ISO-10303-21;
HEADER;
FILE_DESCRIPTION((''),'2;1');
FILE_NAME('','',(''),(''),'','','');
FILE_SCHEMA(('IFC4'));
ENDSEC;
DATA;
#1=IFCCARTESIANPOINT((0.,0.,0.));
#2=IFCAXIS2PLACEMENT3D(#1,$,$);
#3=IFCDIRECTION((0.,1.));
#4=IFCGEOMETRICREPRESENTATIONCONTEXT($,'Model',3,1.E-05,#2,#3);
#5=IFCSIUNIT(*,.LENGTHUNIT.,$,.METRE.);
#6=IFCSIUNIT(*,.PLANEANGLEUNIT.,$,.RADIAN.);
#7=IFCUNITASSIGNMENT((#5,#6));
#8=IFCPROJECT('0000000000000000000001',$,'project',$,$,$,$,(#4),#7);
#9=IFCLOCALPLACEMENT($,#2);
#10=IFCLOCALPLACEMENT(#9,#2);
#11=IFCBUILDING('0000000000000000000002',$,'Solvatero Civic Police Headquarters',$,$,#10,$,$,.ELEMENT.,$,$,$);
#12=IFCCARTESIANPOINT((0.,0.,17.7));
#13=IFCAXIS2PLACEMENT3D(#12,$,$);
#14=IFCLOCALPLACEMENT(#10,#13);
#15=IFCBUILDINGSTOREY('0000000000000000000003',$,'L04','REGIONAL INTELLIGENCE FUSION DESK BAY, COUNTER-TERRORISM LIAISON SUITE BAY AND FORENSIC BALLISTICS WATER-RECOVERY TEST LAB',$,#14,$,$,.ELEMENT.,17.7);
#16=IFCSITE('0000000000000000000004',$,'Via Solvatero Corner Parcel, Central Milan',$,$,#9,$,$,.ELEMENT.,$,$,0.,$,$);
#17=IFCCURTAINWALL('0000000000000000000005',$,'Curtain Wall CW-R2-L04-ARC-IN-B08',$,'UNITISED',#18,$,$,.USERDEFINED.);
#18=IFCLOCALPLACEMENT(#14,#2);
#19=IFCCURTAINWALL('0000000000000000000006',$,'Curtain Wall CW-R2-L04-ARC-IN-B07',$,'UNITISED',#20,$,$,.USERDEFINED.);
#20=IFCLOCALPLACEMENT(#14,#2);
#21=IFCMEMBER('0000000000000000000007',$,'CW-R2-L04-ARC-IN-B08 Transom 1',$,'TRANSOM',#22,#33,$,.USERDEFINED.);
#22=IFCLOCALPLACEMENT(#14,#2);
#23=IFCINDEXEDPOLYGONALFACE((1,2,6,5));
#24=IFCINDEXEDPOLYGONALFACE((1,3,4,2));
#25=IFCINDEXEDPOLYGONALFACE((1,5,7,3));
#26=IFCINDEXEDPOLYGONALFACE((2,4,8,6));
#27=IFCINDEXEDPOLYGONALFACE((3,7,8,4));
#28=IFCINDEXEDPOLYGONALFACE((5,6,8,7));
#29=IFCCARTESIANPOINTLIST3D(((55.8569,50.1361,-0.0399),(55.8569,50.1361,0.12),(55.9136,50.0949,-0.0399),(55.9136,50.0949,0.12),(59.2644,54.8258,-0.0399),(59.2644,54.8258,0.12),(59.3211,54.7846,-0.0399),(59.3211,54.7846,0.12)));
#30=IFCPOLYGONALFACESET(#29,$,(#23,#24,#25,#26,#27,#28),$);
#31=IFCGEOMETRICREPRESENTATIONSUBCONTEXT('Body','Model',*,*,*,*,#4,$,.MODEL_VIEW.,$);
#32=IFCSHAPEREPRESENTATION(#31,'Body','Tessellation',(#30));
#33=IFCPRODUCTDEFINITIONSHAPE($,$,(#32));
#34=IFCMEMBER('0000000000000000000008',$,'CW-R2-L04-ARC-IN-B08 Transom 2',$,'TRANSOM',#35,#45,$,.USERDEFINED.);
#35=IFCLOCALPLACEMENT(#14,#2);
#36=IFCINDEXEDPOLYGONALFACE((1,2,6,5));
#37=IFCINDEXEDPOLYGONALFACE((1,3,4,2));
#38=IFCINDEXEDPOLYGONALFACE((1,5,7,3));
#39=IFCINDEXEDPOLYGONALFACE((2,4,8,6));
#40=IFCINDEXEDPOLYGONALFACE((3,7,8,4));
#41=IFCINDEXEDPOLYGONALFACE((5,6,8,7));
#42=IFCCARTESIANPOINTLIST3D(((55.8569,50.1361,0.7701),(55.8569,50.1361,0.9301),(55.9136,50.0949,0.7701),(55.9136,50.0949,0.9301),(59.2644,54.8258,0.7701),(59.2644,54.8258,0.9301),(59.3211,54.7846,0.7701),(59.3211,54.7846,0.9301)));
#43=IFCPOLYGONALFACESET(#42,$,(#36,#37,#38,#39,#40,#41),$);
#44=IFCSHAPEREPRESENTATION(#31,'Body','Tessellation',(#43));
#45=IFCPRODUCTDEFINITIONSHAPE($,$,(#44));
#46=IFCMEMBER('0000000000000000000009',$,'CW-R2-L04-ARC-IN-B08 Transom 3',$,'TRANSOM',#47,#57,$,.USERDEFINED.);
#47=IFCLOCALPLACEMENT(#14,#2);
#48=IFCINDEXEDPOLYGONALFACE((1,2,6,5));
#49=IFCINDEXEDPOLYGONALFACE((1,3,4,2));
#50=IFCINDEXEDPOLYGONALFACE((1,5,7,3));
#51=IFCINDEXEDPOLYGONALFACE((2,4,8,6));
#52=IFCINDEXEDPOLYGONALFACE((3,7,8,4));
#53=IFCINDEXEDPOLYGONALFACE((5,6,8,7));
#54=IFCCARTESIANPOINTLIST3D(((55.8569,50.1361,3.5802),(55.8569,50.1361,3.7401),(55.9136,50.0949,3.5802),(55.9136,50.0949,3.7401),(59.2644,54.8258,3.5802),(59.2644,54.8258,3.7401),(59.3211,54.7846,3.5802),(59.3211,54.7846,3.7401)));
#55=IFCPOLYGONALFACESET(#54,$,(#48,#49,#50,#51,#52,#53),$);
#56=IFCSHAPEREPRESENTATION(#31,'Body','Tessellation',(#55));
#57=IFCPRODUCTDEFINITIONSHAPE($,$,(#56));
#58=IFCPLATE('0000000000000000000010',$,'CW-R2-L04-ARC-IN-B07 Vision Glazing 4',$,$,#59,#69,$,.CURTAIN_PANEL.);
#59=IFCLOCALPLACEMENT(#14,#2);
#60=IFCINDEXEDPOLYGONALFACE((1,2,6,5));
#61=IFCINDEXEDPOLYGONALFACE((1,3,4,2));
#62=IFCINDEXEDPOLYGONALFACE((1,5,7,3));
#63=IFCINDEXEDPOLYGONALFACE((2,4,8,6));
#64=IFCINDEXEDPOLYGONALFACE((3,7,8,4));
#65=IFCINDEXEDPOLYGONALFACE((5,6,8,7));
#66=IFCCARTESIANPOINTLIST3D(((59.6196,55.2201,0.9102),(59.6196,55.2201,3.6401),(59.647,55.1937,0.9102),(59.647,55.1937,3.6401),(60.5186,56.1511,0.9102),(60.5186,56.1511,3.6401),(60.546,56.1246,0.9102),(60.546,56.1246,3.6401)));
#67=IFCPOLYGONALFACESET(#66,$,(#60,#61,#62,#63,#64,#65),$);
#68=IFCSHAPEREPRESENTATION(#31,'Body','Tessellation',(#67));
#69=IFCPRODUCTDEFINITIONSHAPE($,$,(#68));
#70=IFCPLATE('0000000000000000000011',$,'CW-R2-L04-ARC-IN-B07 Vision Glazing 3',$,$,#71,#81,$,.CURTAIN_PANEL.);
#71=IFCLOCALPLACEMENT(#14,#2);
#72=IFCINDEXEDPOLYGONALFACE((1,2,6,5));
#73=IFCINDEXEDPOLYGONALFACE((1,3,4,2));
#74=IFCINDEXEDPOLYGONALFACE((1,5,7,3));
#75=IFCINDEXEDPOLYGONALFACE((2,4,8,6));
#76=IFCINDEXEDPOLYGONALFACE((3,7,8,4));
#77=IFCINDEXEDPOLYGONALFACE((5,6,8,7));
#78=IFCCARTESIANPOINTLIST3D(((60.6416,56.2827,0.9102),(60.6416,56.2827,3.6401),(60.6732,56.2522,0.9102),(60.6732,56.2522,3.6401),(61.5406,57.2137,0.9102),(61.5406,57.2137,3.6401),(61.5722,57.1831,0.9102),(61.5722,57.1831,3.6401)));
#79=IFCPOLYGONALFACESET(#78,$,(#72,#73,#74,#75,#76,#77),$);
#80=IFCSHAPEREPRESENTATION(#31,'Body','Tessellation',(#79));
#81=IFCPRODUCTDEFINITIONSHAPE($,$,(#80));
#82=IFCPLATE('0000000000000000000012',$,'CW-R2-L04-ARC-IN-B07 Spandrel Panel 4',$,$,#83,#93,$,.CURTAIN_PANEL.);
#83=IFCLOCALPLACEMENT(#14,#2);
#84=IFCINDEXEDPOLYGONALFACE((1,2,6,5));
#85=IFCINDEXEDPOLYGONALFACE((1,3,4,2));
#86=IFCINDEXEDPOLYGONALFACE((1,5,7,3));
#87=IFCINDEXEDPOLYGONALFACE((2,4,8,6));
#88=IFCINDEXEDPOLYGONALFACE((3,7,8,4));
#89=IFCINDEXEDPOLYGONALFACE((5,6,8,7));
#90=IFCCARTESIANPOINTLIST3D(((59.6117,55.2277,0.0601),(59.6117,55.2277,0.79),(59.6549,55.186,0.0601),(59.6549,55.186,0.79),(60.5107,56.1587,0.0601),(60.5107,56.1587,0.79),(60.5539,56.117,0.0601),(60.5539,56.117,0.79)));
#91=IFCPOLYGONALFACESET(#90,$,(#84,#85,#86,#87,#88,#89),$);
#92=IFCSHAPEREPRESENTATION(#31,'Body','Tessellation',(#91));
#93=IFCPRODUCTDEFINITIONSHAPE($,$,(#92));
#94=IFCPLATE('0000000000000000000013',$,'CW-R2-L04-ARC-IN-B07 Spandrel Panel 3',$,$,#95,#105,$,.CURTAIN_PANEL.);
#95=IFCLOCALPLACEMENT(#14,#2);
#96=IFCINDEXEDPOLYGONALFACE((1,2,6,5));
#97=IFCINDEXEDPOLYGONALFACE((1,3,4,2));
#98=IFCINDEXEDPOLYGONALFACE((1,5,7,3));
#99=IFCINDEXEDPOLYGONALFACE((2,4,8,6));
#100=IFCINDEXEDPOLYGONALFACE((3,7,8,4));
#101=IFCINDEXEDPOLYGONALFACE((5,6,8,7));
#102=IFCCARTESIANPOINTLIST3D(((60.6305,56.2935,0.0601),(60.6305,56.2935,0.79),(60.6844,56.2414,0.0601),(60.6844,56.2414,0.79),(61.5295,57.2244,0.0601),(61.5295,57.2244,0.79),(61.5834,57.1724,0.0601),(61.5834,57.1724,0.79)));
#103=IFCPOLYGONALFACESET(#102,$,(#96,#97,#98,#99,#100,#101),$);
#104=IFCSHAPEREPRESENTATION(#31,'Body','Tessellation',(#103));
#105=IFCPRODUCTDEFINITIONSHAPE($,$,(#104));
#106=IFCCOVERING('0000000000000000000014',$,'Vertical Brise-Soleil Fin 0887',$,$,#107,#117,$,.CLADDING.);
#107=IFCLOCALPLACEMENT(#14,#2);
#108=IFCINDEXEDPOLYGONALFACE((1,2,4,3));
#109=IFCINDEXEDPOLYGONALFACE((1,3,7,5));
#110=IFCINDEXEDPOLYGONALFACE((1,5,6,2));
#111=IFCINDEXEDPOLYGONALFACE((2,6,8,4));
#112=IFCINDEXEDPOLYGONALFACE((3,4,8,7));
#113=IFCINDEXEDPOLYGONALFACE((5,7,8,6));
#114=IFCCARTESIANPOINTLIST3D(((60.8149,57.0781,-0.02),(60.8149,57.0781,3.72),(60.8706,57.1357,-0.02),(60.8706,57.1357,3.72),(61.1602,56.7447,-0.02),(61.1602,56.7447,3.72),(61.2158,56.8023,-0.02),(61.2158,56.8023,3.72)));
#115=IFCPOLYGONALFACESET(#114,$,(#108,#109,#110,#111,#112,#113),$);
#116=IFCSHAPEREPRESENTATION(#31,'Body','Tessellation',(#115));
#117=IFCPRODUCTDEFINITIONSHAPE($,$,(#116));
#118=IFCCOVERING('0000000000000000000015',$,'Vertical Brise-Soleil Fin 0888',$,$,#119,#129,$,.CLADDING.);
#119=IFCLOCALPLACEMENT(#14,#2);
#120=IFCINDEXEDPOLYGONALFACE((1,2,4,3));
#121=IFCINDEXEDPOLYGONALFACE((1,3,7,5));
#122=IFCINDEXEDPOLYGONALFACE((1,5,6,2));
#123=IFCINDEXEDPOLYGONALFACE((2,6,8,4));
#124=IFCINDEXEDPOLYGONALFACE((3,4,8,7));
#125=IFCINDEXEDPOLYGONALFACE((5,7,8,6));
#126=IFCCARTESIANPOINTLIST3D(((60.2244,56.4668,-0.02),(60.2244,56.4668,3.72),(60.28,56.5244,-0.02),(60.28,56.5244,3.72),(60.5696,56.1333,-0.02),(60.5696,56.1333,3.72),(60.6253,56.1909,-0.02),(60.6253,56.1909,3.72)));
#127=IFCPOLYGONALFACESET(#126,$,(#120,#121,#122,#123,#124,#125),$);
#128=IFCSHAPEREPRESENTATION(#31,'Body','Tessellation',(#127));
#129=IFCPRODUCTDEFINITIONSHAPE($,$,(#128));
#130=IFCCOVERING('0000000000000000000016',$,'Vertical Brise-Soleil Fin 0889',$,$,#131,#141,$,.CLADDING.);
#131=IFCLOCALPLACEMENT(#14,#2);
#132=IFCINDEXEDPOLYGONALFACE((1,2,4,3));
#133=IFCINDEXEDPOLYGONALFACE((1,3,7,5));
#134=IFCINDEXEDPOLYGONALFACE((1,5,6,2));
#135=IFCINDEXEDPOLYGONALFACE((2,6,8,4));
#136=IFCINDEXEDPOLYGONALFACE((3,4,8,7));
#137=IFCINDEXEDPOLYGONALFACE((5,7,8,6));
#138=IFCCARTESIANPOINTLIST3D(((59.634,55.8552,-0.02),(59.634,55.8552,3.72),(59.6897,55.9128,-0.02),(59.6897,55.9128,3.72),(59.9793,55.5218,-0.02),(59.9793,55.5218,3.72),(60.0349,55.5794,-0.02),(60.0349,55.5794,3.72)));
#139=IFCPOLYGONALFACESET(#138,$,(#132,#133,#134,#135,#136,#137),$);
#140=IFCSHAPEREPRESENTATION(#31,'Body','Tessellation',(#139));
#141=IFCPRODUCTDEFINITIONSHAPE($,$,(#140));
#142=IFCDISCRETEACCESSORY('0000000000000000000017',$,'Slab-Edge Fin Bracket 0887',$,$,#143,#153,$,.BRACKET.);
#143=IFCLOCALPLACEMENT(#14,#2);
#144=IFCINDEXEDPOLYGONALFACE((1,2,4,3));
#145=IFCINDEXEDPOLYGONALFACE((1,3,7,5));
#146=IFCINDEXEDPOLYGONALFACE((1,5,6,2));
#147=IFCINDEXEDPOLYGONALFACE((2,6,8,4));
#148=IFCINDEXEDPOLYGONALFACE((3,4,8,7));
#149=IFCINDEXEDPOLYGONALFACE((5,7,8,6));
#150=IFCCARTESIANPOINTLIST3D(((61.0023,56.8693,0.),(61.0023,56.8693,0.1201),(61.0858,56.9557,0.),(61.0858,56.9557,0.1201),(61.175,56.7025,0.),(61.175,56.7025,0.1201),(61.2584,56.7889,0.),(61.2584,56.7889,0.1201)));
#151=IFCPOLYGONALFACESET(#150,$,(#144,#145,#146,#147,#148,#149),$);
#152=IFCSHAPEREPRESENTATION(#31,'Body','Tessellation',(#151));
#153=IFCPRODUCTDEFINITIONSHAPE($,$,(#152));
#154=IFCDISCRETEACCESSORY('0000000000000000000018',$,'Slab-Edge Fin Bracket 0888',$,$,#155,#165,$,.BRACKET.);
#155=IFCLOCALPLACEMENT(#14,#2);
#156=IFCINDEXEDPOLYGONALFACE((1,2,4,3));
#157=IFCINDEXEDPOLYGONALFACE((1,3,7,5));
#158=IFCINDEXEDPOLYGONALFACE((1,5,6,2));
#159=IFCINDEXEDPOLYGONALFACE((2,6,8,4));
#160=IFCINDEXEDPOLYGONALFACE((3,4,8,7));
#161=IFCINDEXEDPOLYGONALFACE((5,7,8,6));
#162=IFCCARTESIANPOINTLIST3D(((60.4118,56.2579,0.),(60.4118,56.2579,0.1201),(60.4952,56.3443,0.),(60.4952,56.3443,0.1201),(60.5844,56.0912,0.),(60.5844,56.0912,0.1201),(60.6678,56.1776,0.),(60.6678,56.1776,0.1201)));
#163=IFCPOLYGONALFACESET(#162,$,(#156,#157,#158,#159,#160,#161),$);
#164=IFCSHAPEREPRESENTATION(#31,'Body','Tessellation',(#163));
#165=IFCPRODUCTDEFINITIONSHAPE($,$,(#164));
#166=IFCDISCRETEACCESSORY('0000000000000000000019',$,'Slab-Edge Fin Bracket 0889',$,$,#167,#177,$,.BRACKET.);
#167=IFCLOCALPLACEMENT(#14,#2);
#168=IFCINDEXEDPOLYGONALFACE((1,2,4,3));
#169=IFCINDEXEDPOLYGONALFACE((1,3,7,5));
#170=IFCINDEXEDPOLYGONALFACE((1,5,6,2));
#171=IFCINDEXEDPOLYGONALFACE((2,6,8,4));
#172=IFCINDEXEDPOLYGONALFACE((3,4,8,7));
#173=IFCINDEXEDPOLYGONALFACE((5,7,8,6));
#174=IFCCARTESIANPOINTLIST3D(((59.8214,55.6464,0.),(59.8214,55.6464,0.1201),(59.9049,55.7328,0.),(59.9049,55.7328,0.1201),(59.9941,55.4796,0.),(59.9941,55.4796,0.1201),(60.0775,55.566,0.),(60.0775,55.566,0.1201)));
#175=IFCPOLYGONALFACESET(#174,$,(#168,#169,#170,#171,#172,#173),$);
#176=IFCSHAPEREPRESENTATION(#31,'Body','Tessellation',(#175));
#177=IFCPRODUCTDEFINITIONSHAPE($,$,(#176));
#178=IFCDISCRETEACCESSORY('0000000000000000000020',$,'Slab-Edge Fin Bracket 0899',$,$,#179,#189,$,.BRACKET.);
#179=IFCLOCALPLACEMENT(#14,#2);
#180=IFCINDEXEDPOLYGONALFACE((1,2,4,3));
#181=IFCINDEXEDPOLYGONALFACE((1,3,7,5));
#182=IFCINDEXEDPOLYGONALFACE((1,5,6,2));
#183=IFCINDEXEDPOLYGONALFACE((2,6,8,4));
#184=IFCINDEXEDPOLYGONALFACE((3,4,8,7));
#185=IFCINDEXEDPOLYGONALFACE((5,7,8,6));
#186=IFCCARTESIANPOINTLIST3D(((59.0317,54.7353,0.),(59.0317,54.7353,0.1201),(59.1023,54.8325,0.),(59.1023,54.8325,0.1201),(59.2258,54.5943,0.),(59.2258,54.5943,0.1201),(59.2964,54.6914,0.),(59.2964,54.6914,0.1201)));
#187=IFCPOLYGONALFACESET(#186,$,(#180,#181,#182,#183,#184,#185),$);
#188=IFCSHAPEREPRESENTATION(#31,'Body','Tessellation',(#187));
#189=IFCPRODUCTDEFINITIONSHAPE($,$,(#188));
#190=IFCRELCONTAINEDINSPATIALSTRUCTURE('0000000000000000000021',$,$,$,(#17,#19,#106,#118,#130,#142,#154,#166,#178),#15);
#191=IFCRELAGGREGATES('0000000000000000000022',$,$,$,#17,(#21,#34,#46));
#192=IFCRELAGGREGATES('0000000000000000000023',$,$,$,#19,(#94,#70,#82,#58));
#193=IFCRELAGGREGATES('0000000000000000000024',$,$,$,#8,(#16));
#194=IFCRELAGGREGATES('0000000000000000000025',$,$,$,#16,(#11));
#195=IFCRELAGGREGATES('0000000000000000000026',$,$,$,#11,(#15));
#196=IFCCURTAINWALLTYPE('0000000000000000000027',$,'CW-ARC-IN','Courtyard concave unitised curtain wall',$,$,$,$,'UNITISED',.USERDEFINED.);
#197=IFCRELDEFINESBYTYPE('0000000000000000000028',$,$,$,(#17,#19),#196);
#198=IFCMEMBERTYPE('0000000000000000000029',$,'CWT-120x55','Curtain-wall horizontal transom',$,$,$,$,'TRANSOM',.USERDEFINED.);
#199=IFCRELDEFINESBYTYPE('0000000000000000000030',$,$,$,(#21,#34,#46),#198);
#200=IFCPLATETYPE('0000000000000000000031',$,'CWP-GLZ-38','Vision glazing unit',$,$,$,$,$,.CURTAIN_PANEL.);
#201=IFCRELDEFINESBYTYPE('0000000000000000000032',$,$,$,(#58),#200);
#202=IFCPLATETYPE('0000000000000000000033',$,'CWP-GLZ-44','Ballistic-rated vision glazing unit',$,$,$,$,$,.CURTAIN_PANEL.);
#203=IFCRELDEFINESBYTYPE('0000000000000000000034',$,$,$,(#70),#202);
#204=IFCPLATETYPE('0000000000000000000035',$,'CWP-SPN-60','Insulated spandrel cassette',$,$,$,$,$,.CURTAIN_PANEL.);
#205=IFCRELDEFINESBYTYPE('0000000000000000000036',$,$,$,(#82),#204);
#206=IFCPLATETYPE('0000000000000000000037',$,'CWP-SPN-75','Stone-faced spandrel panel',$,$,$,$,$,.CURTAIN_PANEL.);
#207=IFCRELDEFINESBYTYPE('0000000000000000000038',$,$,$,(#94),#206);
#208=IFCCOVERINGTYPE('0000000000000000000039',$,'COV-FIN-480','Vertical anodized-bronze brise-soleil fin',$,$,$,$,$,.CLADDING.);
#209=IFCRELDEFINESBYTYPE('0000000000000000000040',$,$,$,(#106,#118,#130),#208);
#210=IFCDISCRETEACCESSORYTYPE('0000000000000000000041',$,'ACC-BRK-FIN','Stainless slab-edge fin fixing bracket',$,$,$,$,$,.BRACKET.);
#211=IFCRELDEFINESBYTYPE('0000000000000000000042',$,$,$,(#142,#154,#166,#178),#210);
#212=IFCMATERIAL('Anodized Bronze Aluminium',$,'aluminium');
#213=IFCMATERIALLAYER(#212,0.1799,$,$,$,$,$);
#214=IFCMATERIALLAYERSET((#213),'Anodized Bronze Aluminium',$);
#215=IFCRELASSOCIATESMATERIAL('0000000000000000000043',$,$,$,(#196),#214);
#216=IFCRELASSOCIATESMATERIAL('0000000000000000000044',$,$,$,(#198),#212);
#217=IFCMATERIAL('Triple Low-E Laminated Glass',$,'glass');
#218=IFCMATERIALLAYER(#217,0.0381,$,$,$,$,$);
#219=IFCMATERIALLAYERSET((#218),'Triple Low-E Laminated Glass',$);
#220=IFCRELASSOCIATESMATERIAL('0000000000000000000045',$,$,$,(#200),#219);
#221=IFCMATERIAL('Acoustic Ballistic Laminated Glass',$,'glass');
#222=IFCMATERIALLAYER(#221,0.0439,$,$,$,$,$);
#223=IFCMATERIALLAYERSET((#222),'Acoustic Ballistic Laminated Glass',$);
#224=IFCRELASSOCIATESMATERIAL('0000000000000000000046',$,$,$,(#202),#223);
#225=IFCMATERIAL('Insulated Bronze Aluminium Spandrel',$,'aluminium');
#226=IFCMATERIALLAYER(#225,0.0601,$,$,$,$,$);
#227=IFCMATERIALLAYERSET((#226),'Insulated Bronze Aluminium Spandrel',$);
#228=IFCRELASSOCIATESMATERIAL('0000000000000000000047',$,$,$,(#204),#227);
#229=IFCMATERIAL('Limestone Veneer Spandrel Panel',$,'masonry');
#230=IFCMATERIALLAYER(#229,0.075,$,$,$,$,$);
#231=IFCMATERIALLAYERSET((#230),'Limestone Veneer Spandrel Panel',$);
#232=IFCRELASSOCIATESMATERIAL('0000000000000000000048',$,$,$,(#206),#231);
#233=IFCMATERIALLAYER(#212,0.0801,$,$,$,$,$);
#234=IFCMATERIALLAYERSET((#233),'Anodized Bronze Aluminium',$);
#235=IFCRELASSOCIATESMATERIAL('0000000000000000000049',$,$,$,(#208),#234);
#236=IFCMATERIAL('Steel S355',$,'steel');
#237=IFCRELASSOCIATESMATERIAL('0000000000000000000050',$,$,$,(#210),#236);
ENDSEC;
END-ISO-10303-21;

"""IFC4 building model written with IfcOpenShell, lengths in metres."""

from ifc_helpers import new_model, si_unit, direction, frame, origin, origin_2d, place, context, subcontext, project, spatial, rectangle, extrude, material, layer, layer_set, material_profile, profile_set, type_object, element, aggregate, save


model = new_model("IFC4")

# Units and contexts
model_context = context("Model", 3, precision=1e-05, world=origin(), true_north=direction((0.0, 1.0)))
body_context = subcontext(model_context, "Body", "Model", "MODEL_VIEW")
ifc_project = project(units=[si_unit("LENGTHUNIT", "METRE"), si_unit("PLANEANGLEUNIT", "RADIAN")], contexts=[model_context])

# Site, building, storey
site_placement = place(None, origin())
site = spatial("IfcSite", under=ifc_project, at=site_placement, Name="Via Solvatero Corner Parcel, Central Milan", CompositionType="ELEMENT", RefElevation=0.0)
building_placement = place(site_placement, origin())
building = spatial("IfcBuilding", under=site, at=building_placement, Name="Solvatero Civic Police Headquarters", CompositionType="ELEMENT")
storey_placement = place(building_placement, frame((0.0, 0.0, 17.7)))
storey = spatial("IfcBuildingStorey", under=building, at=storey_placement, Name="L04", Description="REGIONAL INTELLIGENCE FUSION DESK BAY, COUNTER-TERRORISM LIAISON SUITE BAY AND FORENSIC BALLISTICS WATER-RECOVERY TEST LAB", CompositionType="ELEMENT", Elevation=17.7)

# Shared definitions
ifc_material_1 = material(Name="Steel S355", Category="steel")

# Curtain wall
ifc_material_2 = material(Name="Anodized Bronze Aluminium", Category="aluminium")
ifc_layer_1 = layer(ifc_material_2, 0.1799)
ifc_layer_set_1 = layer_set([ifc_layer_1], Name="Anodized Bronze Aluminium")
curtain_wall_type = type_object("IfcCurtainWallType", Name="CW-ARC-IN", Description="Courtyard concave unitised curtain wall", ElementType="UNITISED", PredefinedType="USERDEFINED", material=ifc_layer_set_1)
curtain_wall_1_placement = place(storey_placement, origin())
curtain_wall_1 = element("IfcCurtainWall", 1, at=curtain_wall_1_placement, inside=storey, type_object=curtain_wall_type, Name="Curtain Wall CW-R2-L04-ARC-IN-B08", ObjectType="UNITISED", PredefinedType="USERDEFINED")

# Curtain wall
curtain_wall_2_placement = place(storey_placement, origin())
curtain_wall_2 = element("IfcCurtainWall", 2, at=curtain_wall_2_placement, inside=storey, type_object=curtain_wall_type, Name="Curtain Wall CW-R2-L04-ARC-IN-B07", ObjectType="UNITISED", PredefinedType="USERDEFINED")

# Members
ifc_material_profile_1 = material_profile(ifc_material_2, rectangle(XDim=0.0701, YDim=0.1599, at=origin_2d()), Name="ALU TRANSOM 70x160")
ifc_profile_set_1 = profile_set([ifc_material_profile_1], Name="Anodized Bronze Aluminium")
member_type_1 = type_object("IfcMemberType", Name="CWT-120x55", Description="Curtain-wall horizontal transom", ElementType="TRANSOM", PredefinedType="USERDEFINED", material=ifc_profile_set_1)
member_1_placement = place(storey_placement, frame((59.2927, 54.8052, 0.04), z_axis=(-0.587809, -0.809, 0.0), x_axis=(0.809, -0.587809, 0.0)))
member_1 = element("IfcMember", 3, at=member_1_placement, type_object=member_type_1, Name="CW-R2-L04-ARC-IN-B08 Transom 1", ObjectType="TRANSOM", PredefinedType="USERDEFINED", context=body_context, shape_type="SweptSolid", body=[
    extrude(rectangle(XDim=0.0701, YDim=0.1599, at=origin_2d()), origin(), (0.0, 0.0, 1.0), 5.7969),
])
member_2_placement = place(storey_placement, frame((59.2927, 54.8052, 0.8501), z_axis=(-0.587809, -0.809, 0.0), x_axis=(0.809, -0.587809, 0.0)))
member_2 = element("IfcMember", 4, at=member_2_placement, type_object=member_type_1, Name="CW-R2-L04-ARC-IN-B08 Transom 2", ObjectType="TRANSOM", PredefinedType="USERDEFINED", context=body_context, shape_type="SweptSolid", body=[
    extrude(rectangle(XDim=0.0701, YDim=0.1599, at=origin_2d()), origin(), (0.0, 0.0, 1.0), 5.7969),
])
member_3_placement = place(storey_placement, frame((59.2927, 54.8052, 3.6602), z_axis=(-0.587809, -0.809, 0.0), x_axis=(0.809, -0.587809, 0.0)))
member_3 = element("IfcMember", 5, at=member_3_placement, type_object=member_type_1, Name="CW-R2-L04-ARC-IN-B08 Transom 3", ObjectType="TRANSOM", PredefinedType="USERDEFINED", context=body_context, shape_type="SweptSolid", body=[
    extrude(rectangle(XDim=0.0701, YDim=0.1599, at=origin_2d()), origin(), (0.0, 0.0, 1.0), 5.7969),
])
aggregate(curtain_wall_1, [member_1, member_2, member_3])

# Plates
ifc_material_3 = material(Name="Triple Low-E Laminated Glass", Category="glass")
ifc_layer_2 = layer(ifc_material_3, 0.0381)
ifc_layer_set_2 = layer_set([ifc_layer_2], Name="Triple Low-E Laminated Glass")
plate_type_1 = type_object("IfcPlateType", Name="CWP-GLZ-38", Description="Vision glazing unit", PredefinedType="CURTAIN_PANEL", material=ifc_layer_set_2)
plate_1_placement = place(storey_placement, frame((60.0828, 55.6724, 0.9102), z_axis=(0.0, 0.0, 1.0), x_axis=(-0.694658, -0.71934, 0.0)))
plate_1 = element("IfcPlate", 6, at=plate_1_placement, type_object=plate_type_1, Name="CW-R2-L04-ARC-IN-B07 Vision Glazing 4", PredefinedType="CURTAIN_PANEL", context=body_context, shape_type="SweptSolid", body=[
    extrude(rectangle(XDim=1.2942, YDim=0.0381, at=origin_2d()), origin(), (0.0, 0.0, 1.0), 2.73),
])
ifc_material_4 = material(Name="Acoustic Ballistic Laminated Glass", Category="glass")
ifc_layer_3 = layer(ifc_material_4, 0.0439)
ifc_layer_set_3 = layer_set([ifc_layer_3], Name="Acoustic Ballistic Laminated Glass")
plate_type_2 = type_object("IfcPlateType", Name="CWP-GLZ-44", Description="Ballistic-rated vision glazing unit", PredefinedType="CURTAIN_PANEL", material=ifc_layer_set_3)
plate_2_placement = place(storey_placement, frame((61.1069, 56.7329, 0.9102), z_axis=(0.0, 0.0, 1.0), x_axis=(-0.694658, -0.71934, 0.0)))
plate_2 = element("IfcPlate", 7, at=plate_2_placement, type_object=plate_type_2, Name="CW-R2-L04-ARC-IN-B07 Vision Glazing 3", PredefinedType="CURTAIN_PANEL", context=body_context, shape_type="SweptSolid", body=[
    extrude(rectangle(XDim=1.2942, YDim=0.0439, at=origin_2d()), origin(), (0.0, 0.0, 1.0), 2.73),
])
ifc_material_5 = material(Name="Insulated Bronze Aluminium Spandrel", Category="aluminium")
ifc_layer_4 = layer(ifc_material_5, 0.0601)
ifc_layer_set_4 = layer_set([ifc_layer_4], Name="Insulated Bronze Aluminium Spandrel")
plate_type_3 = type_object("IfcPlateType", Name="CWP-SPN-60", Description="Insulated spandrel cassette", PredefinedType="CURTAIN_PANEL", material=ifc_layer_set_4)
plate_3_placement = place(storey_placement, frame((60.0828, 55.6724, 0.0601), z_axis=(0.0, 0.0, 1.0), x_axis=(-0.694658, -0.71934, 0.0)))
plate_3 = element("IfcPlate", 8, at=plate_3_placement, type_object=plate_type_3, Name="CW-R2-L04-ARC-IN-B07 Spandrel Panel 4", PredefinedType="CURTAIN_PANEL", context=body_context, shape_type="SweptSolid", body=[
    extrude(rectangle(XDim=1.2942, YDim=0.0601, at=origin_2d()), origin(), (0.0, 0.0, 1.0), 0.73),
])
ifc_material_6 = material(Name="Limestone Veneer Spandrel Panel", Category="masonry")
ifc_layer_5 = layer(ifc_material_6, 0.075)
ifc_layer_set_5 = layer_set([ifc_layer_5], Name="Limestone Veneer Spandrel Panel")
plate_type_4 = type_object("IfcPlateType", Name="CWP-SPN-75", Description="Stone-faced spandrel panel", PredefinedType="CURTAIN_PANEL", material=ifc_layer_set_5)
plate_4_placement = place(storey_placement, frame((61.1069, 56.7329, 0.0601), z_axis=(0.0, 0.0, 1.0), x_axis=(-0.694658, -0.71934, 0.0)))
plate_4 = element("IfcPlate", 9, at=plate_4_placement, type_object=plate_type_4, Name="CW-R2-L04-ARC-IN-B07 Spandrel Panel 3", PredefinedType="CURTAIN_PANEL", context=body_context, shape_type="SweptSolid", body=[
    extrude(rectangle(XDim=1.2942, YDim=0.075, at=origin_2d()), origin(), (0.0, 0.0, 1.0), 0.73),
])
aggregate(curtain_wall_2, [plate_4, plate_2, plate_3, plate_1])

# Coverings
ifc_layer_6 = layer(ifc_material_2, 0.0801)
ifc_layer_set_6 = layer_set([ifc_layer_6], Name="Anodized Bronze Aluminium")
covering_type = type_object("IfcCoveringType", Name="COV-FIN-480", Description="Vertical anodized-bronze brise-soleil fin", PredefinedType="CLADDING", material=ifc_layer_set_6)
for number, where, z_axis, x_axis, name in (
    (10, (61.0154, 56.9402, -0.02), (0.0, 0.0, 1.0), (-0.694658, -0.71934, 0.0), "Vertical Brise-Soleil Fin 0887"),
    (11, (60.4248, 56.3289, -0.02), (0.0, 0.0, 1.0), (-0.694658, -0.71934, 0.0), "Vertical Brise-Soleil Fin 0888"),
    (12, (59.8345, 55.7173, -0.02), (0.0, 0.0, 1.0), (-0.694658, -0.71934, 0.0), "Vertical Brise-Soleil Fin 0889"),
):
    element("IfcCovering", number, at=place(storey_placement, frame(where, z_axis=z_axis, x_axis=x_axis)), inside=storey, type_object=covering_type, Name=name, PredefinedType="CLADDING", context=body_context, shape_type="SweptSolid", body=[
        extrude(rectangle(XDim=0.0801, YDim=0.48, at=origin_2d()), origin(), (0.0, 0.0, 1.0), 3.74),
    ])

# Discrete accessories
discrete_accessory_type = type_object("IfcDiscreteAccessoryType", Name="ACC-BRK-FIN", Description="Stainless slab-edge fin fixing bracket", PredefinedType="BRACKET", material=ifc_material_1)
for number, where, z_axis, x_axis, name in (
    (13, (61.1304, 56.8291, 0.0), (0.0, 0.0, 1.0), (-0.694658, -0.71934, 0.0), "Slab-Edge Fin Bracket 0887"),
    (14, (60.5398, 56.2178, 0.0), (0.0, 0.0, 1.0), (-0.694658, -0.71934, 0.0), "Slab-Edge Fin Bracket 0888"),
    (15, (59.9495, 55.6062, 0.0), (0.0, 0.0, 1.0), (-0.694658, -0.71934, 0.0), "Slab-Edge Fin Bracket 0889"),
    (16, (59.1641, 54.7134, 0.0), (0.0, 0.0, 1.0), (-0.587799, -0.809007, 0.0), "Slab-Edge Fin Bracket 0899"),
):
    element("IfcDiscreteAccessory", number, at=place(storey_placement, frame(where, z_axis=z_axis, x_axis=x_axis)), inside=storey, type_object=discrete_accessory_type, Name=name, PredefinedType="BRACKET", context=body_context, shape_type="SweptSolid", body=[
        extrude(rectangle(XDim=0.1201, YDim=0.24, at=origin_2d()), origin(), (0.0, 0.0, 1.0), 0.1201),
    ])

save(model, "model.ifc")
